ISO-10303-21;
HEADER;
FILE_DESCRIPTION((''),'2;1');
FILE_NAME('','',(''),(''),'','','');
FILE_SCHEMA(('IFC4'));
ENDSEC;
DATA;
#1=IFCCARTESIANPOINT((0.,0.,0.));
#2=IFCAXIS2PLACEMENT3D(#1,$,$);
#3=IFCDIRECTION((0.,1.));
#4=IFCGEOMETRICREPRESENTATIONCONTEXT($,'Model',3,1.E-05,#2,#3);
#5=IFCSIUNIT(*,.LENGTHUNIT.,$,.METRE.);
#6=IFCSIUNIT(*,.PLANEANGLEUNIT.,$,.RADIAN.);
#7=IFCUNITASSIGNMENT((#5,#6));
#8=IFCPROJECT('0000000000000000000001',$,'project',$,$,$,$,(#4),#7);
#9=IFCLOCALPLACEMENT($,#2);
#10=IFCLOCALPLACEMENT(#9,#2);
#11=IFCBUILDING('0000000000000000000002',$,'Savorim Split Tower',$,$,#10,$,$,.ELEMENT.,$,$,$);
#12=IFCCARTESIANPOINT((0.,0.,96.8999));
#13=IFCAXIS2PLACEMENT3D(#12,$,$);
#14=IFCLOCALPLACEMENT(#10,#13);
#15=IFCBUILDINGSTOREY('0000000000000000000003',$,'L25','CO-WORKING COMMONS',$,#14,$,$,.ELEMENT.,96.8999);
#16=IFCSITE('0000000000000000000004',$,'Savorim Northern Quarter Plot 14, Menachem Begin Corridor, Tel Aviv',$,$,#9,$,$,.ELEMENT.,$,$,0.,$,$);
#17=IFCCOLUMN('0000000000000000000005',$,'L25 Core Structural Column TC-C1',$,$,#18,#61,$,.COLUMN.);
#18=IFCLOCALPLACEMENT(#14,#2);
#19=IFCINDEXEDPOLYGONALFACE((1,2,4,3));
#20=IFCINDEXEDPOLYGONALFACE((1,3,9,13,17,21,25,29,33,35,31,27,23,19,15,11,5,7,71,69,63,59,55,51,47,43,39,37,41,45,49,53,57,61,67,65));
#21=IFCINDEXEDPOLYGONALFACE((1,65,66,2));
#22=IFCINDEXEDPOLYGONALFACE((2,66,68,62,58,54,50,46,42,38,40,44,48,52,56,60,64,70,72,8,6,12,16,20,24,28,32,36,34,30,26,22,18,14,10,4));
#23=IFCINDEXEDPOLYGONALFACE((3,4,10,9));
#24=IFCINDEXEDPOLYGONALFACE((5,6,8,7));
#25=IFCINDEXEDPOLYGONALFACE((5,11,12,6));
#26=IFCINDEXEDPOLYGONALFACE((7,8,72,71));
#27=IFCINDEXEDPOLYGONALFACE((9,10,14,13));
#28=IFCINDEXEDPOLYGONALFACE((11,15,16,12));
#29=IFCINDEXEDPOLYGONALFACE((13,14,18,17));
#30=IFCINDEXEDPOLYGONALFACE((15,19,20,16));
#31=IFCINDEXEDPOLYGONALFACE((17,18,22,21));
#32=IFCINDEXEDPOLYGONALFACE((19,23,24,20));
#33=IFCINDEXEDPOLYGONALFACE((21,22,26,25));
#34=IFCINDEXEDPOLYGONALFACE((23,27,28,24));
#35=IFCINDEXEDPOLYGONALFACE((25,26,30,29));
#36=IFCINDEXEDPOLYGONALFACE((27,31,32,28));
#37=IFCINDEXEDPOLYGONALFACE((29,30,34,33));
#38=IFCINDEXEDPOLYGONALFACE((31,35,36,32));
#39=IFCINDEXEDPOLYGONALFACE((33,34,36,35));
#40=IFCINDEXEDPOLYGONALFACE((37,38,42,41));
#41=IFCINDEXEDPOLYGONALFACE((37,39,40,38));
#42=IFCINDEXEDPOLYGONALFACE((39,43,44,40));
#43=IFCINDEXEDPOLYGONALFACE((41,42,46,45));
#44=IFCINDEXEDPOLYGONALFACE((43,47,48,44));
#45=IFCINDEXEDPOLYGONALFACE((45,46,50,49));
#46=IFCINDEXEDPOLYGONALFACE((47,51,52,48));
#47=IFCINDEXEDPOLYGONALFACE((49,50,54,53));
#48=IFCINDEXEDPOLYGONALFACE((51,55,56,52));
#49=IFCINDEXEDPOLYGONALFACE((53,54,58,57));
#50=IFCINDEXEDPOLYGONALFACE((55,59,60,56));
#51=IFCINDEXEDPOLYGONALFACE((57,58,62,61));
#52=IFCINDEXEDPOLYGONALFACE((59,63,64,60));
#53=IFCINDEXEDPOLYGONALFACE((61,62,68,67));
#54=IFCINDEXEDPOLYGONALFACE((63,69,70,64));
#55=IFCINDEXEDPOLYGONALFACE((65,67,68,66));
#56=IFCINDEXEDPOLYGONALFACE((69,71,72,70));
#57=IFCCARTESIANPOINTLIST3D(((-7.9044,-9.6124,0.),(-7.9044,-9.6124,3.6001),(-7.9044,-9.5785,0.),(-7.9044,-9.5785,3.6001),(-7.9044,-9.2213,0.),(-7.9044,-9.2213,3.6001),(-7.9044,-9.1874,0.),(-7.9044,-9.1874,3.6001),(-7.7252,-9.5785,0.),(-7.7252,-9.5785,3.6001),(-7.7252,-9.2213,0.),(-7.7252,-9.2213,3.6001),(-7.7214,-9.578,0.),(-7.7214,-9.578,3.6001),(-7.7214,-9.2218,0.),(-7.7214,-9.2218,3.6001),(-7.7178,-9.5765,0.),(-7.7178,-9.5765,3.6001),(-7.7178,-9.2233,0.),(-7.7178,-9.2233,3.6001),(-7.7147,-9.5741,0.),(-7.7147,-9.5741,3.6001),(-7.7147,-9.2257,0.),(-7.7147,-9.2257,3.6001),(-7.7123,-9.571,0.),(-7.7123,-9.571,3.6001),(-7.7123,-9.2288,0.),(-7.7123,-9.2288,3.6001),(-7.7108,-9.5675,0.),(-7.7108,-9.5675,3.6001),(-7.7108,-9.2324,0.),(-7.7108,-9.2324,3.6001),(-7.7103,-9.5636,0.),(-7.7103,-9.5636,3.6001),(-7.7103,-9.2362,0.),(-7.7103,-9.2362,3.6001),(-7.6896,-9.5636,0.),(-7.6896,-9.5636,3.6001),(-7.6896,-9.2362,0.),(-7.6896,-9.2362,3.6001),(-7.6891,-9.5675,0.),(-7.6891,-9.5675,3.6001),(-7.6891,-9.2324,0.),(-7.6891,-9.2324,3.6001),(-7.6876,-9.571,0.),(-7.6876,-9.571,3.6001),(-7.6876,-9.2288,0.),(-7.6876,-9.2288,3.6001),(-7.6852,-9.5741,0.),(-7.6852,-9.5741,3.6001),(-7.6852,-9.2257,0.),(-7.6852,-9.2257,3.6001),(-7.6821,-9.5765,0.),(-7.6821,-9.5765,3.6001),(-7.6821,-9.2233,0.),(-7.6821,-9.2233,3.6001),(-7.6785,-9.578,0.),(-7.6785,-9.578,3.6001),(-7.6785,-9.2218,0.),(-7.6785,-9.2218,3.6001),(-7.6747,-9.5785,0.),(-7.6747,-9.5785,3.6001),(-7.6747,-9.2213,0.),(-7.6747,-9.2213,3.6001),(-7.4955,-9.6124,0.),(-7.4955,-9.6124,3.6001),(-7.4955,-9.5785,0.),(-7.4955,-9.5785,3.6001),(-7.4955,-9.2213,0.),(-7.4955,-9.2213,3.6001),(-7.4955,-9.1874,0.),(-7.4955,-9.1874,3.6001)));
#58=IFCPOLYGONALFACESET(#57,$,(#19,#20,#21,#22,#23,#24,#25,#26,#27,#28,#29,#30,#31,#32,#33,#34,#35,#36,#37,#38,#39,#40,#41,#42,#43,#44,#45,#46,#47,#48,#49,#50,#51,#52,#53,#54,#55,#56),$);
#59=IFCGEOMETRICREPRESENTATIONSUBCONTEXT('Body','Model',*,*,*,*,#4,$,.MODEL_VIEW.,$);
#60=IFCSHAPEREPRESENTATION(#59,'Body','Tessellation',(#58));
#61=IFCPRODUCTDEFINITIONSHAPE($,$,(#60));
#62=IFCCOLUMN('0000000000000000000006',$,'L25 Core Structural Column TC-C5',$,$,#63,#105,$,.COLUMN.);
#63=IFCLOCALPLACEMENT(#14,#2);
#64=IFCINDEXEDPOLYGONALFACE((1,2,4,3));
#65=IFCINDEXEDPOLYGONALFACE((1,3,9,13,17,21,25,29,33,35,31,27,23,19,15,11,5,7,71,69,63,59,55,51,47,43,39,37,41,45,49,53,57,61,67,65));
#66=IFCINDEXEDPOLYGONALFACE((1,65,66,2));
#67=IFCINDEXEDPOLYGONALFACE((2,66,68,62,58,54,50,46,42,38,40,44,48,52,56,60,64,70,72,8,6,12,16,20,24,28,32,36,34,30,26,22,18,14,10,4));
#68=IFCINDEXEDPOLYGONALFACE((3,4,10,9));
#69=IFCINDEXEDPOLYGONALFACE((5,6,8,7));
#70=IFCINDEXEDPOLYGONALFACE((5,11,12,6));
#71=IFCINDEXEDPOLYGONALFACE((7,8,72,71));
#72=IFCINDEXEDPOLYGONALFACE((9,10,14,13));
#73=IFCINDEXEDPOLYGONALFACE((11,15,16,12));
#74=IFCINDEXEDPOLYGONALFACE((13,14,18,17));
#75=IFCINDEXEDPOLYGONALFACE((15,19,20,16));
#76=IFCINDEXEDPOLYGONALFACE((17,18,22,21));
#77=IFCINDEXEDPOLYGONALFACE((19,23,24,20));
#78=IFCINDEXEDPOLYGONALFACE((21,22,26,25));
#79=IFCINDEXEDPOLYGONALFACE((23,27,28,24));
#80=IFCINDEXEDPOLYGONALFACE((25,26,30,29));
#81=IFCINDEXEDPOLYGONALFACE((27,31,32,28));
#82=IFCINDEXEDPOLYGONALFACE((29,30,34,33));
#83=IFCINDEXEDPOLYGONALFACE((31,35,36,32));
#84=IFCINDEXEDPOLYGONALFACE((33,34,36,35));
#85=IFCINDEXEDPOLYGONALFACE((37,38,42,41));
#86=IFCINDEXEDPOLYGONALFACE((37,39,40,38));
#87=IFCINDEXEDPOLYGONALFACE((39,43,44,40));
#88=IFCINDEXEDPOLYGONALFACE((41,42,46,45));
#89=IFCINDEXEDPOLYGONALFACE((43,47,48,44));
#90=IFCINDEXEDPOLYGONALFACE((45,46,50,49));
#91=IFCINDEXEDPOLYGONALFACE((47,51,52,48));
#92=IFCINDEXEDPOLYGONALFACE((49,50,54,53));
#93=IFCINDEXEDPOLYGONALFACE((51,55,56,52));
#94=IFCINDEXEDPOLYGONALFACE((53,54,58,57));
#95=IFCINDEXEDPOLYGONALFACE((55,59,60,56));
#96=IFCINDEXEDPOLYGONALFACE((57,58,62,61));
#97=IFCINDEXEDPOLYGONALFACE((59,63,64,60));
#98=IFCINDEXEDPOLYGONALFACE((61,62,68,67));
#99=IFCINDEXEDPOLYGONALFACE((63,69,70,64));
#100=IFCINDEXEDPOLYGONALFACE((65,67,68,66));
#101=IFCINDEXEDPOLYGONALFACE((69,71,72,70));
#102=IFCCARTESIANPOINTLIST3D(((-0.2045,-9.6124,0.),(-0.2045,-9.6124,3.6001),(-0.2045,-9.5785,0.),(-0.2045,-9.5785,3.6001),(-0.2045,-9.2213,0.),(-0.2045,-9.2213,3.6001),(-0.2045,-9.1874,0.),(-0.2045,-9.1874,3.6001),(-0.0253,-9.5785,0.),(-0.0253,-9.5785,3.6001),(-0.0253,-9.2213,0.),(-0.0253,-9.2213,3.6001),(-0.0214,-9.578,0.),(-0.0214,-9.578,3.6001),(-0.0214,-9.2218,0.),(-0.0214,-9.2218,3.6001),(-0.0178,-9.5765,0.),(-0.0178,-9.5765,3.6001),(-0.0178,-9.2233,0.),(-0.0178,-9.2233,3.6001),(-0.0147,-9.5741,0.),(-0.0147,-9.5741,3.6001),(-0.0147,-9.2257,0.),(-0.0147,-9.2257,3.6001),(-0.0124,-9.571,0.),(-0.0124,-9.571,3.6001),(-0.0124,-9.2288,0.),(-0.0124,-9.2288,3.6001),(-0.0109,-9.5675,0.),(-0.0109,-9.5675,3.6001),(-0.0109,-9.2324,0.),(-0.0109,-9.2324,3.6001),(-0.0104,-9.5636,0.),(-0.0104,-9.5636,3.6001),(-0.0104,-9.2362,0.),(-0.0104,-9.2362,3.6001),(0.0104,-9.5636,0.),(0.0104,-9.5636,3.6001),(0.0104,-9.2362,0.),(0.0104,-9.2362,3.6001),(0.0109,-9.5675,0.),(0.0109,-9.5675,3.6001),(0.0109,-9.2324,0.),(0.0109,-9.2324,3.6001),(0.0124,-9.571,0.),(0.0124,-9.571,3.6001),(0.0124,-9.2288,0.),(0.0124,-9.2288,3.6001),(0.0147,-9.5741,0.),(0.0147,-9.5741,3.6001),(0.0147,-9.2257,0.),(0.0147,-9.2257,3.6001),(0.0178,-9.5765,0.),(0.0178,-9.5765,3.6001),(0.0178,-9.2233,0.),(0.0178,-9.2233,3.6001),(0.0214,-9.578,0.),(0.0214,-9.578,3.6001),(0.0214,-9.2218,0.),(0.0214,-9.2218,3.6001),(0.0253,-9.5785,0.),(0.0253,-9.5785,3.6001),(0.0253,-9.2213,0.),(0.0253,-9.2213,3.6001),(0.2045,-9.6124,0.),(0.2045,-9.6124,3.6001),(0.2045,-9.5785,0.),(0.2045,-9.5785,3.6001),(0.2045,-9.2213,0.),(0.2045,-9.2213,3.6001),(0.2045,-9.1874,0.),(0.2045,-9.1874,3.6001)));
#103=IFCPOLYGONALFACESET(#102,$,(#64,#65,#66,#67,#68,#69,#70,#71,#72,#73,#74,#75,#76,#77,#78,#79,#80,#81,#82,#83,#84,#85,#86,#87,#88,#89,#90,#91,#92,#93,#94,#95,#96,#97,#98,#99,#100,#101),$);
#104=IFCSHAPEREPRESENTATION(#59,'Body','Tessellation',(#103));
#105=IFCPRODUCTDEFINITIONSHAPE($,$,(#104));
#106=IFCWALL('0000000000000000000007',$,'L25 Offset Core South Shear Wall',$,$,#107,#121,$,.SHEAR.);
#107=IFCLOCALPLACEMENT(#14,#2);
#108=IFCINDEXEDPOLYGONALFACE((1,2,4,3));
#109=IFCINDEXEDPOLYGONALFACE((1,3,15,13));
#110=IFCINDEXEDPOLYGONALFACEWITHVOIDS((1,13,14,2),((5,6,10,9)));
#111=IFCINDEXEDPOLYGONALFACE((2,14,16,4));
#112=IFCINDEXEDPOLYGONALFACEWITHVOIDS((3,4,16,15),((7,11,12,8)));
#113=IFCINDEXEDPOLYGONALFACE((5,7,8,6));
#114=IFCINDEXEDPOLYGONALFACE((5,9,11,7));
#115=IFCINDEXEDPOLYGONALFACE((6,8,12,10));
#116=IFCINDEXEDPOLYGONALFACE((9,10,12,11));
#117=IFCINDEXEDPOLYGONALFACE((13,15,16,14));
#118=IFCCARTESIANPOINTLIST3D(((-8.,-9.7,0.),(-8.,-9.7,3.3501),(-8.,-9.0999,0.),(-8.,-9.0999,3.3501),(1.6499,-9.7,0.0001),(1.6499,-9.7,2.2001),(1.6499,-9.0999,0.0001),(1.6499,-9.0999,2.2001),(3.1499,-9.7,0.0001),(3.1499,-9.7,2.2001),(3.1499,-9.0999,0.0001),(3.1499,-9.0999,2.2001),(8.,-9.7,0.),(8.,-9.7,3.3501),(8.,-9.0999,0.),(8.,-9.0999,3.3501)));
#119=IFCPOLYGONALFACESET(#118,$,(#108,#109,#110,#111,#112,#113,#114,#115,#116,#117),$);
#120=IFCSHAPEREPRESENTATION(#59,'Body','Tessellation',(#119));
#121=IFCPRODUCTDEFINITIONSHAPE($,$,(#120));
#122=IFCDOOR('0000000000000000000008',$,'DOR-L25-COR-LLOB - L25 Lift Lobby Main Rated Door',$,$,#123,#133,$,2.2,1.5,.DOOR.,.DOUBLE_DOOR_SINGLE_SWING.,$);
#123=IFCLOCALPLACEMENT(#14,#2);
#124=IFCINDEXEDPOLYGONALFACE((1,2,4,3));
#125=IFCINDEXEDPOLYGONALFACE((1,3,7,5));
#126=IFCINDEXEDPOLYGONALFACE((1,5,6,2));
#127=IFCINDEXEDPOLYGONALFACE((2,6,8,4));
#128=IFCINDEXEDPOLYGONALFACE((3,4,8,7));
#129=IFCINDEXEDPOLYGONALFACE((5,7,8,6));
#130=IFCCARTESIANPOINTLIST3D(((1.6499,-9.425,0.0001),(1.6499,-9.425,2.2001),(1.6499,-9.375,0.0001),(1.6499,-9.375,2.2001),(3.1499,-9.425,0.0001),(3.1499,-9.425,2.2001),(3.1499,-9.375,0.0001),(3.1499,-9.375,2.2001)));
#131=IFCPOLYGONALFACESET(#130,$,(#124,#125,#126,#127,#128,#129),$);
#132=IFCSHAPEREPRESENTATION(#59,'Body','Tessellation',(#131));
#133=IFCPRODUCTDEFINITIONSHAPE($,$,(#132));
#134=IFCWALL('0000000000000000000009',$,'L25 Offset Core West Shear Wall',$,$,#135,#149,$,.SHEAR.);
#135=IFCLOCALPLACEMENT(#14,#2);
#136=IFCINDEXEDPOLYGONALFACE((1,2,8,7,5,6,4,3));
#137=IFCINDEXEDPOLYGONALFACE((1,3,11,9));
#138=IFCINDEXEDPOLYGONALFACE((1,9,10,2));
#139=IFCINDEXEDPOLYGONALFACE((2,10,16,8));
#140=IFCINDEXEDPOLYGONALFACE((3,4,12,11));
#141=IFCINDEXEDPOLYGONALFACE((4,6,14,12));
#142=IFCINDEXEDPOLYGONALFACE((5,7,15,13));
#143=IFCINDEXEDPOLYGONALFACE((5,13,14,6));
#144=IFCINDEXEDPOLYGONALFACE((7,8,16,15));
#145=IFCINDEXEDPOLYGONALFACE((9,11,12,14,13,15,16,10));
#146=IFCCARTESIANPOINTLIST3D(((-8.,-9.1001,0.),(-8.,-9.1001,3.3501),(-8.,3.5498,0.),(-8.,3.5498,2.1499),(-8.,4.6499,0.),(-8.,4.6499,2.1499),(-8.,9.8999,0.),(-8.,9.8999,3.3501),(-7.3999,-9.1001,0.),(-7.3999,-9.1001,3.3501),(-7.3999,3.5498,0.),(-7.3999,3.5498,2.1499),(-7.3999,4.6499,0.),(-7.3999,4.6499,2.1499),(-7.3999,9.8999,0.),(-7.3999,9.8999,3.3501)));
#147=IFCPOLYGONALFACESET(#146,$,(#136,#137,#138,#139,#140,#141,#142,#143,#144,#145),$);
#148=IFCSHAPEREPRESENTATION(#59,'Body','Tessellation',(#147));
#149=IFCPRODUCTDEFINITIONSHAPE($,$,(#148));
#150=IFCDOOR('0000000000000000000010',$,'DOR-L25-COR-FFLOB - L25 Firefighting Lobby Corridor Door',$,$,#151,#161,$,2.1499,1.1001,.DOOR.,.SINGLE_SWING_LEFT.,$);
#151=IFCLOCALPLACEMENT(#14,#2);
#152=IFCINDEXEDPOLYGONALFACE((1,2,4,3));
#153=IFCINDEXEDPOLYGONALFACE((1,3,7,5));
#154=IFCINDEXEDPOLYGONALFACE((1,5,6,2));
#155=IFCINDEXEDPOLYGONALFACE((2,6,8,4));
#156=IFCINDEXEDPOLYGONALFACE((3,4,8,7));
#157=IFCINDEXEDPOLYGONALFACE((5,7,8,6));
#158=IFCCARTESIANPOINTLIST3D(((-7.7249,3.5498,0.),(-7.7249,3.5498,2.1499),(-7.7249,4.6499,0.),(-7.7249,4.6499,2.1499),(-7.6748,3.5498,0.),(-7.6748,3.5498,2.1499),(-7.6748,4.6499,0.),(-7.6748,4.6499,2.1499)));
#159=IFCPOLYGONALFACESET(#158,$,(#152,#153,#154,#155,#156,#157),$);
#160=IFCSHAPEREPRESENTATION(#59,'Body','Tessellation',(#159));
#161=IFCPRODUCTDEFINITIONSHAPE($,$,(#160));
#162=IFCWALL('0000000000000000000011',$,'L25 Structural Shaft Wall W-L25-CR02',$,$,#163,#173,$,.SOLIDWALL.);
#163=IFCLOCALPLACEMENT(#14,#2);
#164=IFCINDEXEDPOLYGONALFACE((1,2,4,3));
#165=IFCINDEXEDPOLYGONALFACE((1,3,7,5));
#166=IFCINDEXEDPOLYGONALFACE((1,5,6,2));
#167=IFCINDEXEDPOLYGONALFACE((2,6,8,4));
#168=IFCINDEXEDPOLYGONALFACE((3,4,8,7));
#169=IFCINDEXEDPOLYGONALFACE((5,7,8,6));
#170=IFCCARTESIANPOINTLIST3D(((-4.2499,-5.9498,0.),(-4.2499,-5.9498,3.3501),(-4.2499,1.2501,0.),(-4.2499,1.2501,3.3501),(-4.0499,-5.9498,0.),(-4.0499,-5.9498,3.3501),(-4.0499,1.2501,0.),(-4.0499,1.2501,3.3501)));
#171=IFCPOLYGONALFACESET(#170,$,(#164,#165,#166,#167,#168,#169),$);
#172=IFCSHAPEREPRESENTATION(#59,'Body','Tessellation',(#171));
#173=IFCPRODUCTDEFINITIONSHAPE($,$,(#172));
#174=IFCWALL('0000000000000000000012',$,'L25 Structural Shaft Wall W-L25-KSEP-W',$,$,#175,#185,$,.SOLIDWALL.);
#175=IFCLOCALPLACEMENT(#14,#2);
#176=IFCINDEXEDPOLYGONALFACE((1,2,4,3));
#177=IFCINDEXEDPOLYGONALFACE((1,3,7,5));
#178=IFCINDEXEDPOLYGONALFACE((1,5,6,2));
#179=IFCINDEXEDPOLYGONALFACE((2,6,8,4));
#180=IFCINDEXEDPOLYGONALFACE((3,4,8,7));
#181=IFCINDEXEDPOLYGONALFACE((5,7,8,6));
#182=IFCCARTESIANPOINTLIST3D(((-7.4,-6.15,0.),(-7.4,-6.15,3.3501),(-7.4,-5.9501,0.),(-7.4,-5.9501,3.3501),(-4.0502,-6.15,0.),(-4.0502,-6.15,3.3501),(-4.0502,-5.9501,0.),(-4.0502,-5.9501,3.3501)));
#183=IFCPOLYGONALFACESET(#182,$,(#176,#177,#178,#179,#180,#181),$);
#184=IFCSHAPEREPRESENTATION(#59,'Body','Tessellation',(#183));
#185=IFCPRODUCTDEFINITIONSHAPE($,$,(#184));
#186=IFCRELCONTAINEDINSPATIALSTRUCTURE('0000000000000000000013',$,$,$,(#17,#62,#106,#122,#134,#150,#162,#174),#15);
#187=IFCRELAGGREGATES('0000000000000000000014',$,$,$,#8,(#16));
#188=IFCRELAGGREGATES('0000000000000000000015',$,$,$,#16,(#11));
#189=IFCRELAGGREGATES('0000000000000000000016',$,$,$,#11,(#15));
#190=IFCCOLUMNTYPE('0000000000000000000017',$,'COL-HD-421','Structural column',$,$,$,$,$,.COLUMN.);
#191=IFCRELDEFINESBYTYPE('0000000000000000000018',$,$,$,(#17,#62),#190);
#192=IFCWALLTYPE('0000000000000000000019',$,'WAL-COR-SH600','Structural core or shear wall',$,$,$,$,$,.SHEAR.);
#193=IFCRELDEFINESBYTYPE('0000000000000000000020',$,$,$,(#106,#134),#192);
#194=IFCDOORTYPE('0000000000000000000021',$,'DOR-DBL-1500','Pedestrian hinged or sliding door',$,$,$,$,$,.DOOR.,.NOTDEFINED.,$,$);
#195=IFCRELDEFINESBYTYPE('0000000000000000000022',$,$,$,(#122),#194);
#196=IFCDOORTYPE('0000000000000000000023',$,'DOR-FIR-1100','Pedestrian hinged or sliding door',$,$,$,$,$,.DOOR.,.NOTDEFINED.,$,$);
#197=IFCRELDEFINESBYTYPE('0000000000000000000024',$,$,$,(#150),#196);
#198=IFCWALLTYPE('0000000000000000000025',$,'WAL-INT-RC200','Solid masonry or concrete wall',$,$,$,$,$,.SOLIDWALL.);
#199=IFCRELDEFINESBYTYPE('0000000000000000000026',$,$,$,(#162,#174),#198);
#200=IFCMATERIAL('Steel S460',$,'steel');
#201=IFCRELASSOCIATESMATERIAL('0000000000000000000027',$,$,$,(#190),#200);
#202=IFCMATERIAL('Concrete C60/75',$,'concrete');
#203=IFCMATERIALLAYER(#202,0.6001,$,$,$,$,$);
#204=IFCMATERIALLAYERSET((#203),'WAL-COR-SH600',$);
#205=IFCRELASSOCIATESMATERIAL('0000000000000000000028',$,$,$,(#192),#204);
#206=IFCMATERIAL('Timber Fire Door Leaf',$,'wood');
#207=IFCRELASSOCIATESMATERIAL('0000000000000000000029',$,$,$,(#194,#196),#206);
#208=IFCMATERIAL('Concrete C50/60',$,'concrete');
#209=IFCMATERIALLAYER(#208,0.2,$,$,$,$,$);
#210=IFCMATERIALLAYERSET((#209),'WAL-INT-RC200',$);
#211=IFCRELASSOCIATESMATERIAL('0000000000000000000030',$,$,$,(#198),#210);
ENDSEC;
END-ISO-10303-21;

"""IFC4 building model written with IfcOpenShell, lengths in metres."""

from ifc_helpers import new_model, si_unit, direction, frame, frame_2d, origin, origin_2d, place, context, subcontext, project, spatial, rectangle, i_section, extrude, material, layer, layer_set, material_profile, profile_set, type_object, element, fill, save


model = new_model("IFC4")

# Units and contexts
model_context = context("Model", 3, precision=1e-05, world=origin(), true_north=direction((0.0, 1.0)))
body_context = subcontext(model_context, "Body", "Model", "MODEL_VIEW")
ifc_project = project(units=[si_unit("LENGTHUNIT", "METRE"), si_unit("PLANEANGLEUNIT", "RADIAN")], contexts=[model_context])

# Site, building, storey
site_placement = place(None, origin())
site = spatial("IfcSite", under=ifc_project, at=site_placement, Name="Savorim Northern Quarter Plot 14, Menachem Begin Corridor, Tel Aviv", CompositionType="ELEMENT", RefElevation=0.0)
building_placement = place(site_placement, origin())
building = spatial("IfcBuilding", under=site, at=building_placement, Name="Savorim Split Tower", CompositionType="ELEMENT")
storey_placement = place(building_placement, frame((0.0, 0.0, 96.8999)))
storey = spatial("IfcBuildingStorey", under=building, at=storey_placement, Name="L25", Description="CO-WORKING COMMONS", CompositionType="ELEMENT", Elevation=96.8999)

# Columns
ifc_material_1 = material(Name="Steel S460", Category="steel")
ifc_material_profile = material_profile(ifc_material_1, i_section(OverallWidth=0.4089, OverallDepth=0.425, WebThickness=0.0208, FlangeThickness=0.0339, FilletRadius=0.0149, at=origin_2d()), Name="HD 400x421")
ifc_profile_set = profile_set([ifc_material_profile], Name="Steel S460")
column_type = type_object("IfcColumnType", Name="COL-HD-421", Description="Structural column", PredefinedType="COLUMN", material=ifc_profile_set)
for number, where, z_axis, x_axis, name in (
    (1, (-7.7, -9.3999, 0.0), (0.0, 0.0, 1.0), (1.0, 0.0, 0.0), "L25 Core Structural Column TC-C1"),
    (2, (0.0, -9.3999, 0.0), (0.0, 0.0, 1.0), (1.0, 0.0, 0.0), "L25 Core Structural Column TC-C5"),
):
    element("IfcColumn", number, at=place(storey_placement, frame(where, z_axis=z_axis, x_axis=x_axis)), inside=storey, type_object=column_type, Name=name, PredefinedType="COLUMN", context=body_context, shape_type="SweptSolid", body=[
        extrude(i_section(OverallWidth=0.4089, OverallDepth=0.425, WebThickness=0.0208, FlangeThickness=0.0339, FilletRadius=0.0149, at=origin_2d()), origin(), (0.0, 0.0, 1.0), 3.6001),
    ])

# Walls, openings, doors
ifc_material_2 = material(Name="Concrete C60/75", Category="concrete")
ifc_layer_1 = layer(ifc_material_2, 0.6001)
ifc_layer_set_1 = layer_set([ifc_layer_1], Name="WAL-COR-SH600")
wall_type_1 = type_object("IfcWallType", Name="WAL-COR-SH600", Description="Structural core or shear wall", PredefinedType="SHEAR", material=ifc_layer_set_1)
wall_1_placement = place(storey_placement, frame((-8.0, -9.3999, 0.0), z_axis=(0.0, 0.0, 1.0), x_axis=(1.0, 0.0, 0.0)))
wall_1 = element("IfcWall", 3, at=wall_1_placement, inside=storey, type_object=wall_type_1, Name="L25 Offset Core South Shear Wall", PredefinedType="SHEAR", context=body_context, shape_type="SweptSolid", body=[
    extrude(rectangle(XDim=16.0, YDim=0.6001, at=frame_2d((8.0, 0.0))), origin(), (0.0, 0.0, 1.0), 3.3501),
])
opening_1_placement = place(wall_1_placement, frame((9.6499, 0.0, 0.0)))
opening_1 = element("IfcOpeningElement", 4, at=opening_1_placement, cuts=wall_1, PredefinedType="OPENING", context=body_context, shape_type="SweptSolid", body=[
    extrude(rectangle(XDim=1.5, YDim=2.2, at=frame_2d((0.75, 1.1001))), frame((0.0, 0.3101, 0.0), z_axis=(0.0, -1.0, 0.0), x_axis=(1.0, 0.0, 0.0)), (0.0, 0.0, 1.0), 0.6201),
])
ifc_material_3 = material(Name="Timber Fire Door Leaf", Category="wood")
door_type_1 = type_object("IfcDoorType", Name="DOR-DBL-1500", Description="Pedestrian hinged or sliding door", OperationType="NOTDEFINED", PredefinedType="DOOR", material=ifc_material_3)
door_1_placement = place(opening_1_placement, origin())
door_1 = element("IfcDoor", 5, at=door_1_placement, inside=storey, type_object=door_type_1, Name="DOR-L25-COR-LLOB - L25 Lift Lobby Main Rated Door", OperationType="DOUBLE_DOOR_SINGLE_SWING", OverallHeight=2.2, OverallWidth=1.5, PredefinedType="DOOR", context=body_context, shape_type="SweptSolid", body=[
    extrude(rectangle(XDim=1.5, YDim=2.2, at=frame_2d((0.75, 1.1001))), frame((0.0, 0.0249, 0.0), z_axis=(0.0, -1.0, 0.0), x_axis=(1.0, 0.0, 0.0)), (0.0, 0.0, 1.0), 0.05),
])
fill(opening_1, door_1)
wall_2_placement = place(storey_placement, frame((-7.7, -9.1001, 0.0), z_axis=(0.0, 0.0, 1.0), x_axis=(0.0, 1.0, 0.0)))
wall_2 = element("IfcWall", 6, at=wall_2_placement, inside=storey, type_object=wall_type_1, Name="L25 Offset Core West Shear Wall", PredefinedType="SHEAR", context=body_context, shape_type="SweptSolid", body=[
    extrude(rectangle(XDim=19.0, YDim=0.6001, at=frame_2d((9.5, 0.0))), origin(), (0.0, 0.0, 1.0), 3.3501),
])
opening_2_placement = place(wall_2_placement, frame((12.6499, 0.0, 0.0)))
opening_2 = element("IfcOpeningElement", 7, at=opening_2_placement, cuts=wall_2, PredefinedType="OPENING", context=body_context, shape_type="SweptSolid", body=[
    extrude(rectangle(XDim=1.1001, YDim=2.1499, at=frame_2d((0.55, 1.075))), frame((0.0, 0.3101, 0.0), z_axis=(0.0, -1.0, 0.0), x_axis=(1.0, 0.0, 0.0)), (0.0, 0.0, 1.0), 0.6201),
])
door_type_2 = type_object("IfcDoorType", Name="DOR-FIR-1100", Description="Pedestrian hinged or sliding door", OperationType="NOTDEFINED", PredefinedType="DOOR", material=ifc_material_3)
door_2_placement = place(opening_2_placement, origin())
door_2 = element("IfcDoor", 8, at=door_2_placement, inside=storey, type_object=door_type_2, Name="DOR-L25-COR-FFLOB - L25 Firefighting Lobby Corridor Door", OperationType="SINGLE_SWING_LEFT", OverallHeight=2.1499, OverallWidth=1.1001, PredefinedType="DOOR", context=body_context, shape_type="SweptSolid", body=[
    extrude(rectangle(XDim=1.1001, YDim=2.1499, at=frame_2d((0.55, 1.075))), frame((0.0, 0.0249, 0.0), z_axis=(0.0, -1.0, 0.0), x_axis=(1.0, 0.0, 0.0)), (0.0, 0.0, 1.0), 0.05),
])
fill(opening_2, door_2)

# Wall
ifc_material_4 = material(Name="Concrete C50/60", Category="concrete")
ifc_layer_2 = layer(ifc_material_4, 0.2)
ifc_layer_set_2 = layer_set([ifc_layer_2], Name="WAL-INT-RC200")
wall_type_2 = type_object("IfcWallType", Name="WAL-INT-RC200", Description="Solid masonry or concrete wall", PredefinedType="SOLIDWALL", material=ifc_layer_set_2)
wall_3_placement = place(storey_placement, frame((-4.1499, -5.95, 0.0), z_axis=(0.0, 0.0, 1.0), x_axis=(0.0, 1.0, 0.0)))
element("IfcWall", 9, at=wall_3_placement, inside=storey, type_object=wall_type_2, Name="L25 Structural Shaft Wall W-L25-CR02", PredefinedType="SOLIDWALL", context=body_context, shape_type="SweptSolid", body=[
    extrude(rectangle(XDim=7.2, YDim=0.2, at=frame_2d((3.6001, 0.0))), origin(), (0.0, 0.0, 1.0), 3.3501),
])

# Wall
wall_4_placement = place(storey_placement, frame((-7.3999, -6.05, 0.0), z_axis=(0.0, 0.0, 1.0), x_axis=(1.0, 0.0, 0.0)))
element("IfcWall", 10, at=wall_4_placement, inside=storey, type_object=wall_type_2, Name="L25 Structural Shaft Wall W-L25-KSEP-W", PredefinedType="SOLIDWALL", context=body_context, shape_type="SweptSolid", body=[
    extrude(rectangle(XDim=3.3499, YDim=0.2, at=frame_2d((1.6748, 0.0))), origin(), (0.0, 0.0, 1.0), 3.3501),
])

save(model, "model.ifc")
